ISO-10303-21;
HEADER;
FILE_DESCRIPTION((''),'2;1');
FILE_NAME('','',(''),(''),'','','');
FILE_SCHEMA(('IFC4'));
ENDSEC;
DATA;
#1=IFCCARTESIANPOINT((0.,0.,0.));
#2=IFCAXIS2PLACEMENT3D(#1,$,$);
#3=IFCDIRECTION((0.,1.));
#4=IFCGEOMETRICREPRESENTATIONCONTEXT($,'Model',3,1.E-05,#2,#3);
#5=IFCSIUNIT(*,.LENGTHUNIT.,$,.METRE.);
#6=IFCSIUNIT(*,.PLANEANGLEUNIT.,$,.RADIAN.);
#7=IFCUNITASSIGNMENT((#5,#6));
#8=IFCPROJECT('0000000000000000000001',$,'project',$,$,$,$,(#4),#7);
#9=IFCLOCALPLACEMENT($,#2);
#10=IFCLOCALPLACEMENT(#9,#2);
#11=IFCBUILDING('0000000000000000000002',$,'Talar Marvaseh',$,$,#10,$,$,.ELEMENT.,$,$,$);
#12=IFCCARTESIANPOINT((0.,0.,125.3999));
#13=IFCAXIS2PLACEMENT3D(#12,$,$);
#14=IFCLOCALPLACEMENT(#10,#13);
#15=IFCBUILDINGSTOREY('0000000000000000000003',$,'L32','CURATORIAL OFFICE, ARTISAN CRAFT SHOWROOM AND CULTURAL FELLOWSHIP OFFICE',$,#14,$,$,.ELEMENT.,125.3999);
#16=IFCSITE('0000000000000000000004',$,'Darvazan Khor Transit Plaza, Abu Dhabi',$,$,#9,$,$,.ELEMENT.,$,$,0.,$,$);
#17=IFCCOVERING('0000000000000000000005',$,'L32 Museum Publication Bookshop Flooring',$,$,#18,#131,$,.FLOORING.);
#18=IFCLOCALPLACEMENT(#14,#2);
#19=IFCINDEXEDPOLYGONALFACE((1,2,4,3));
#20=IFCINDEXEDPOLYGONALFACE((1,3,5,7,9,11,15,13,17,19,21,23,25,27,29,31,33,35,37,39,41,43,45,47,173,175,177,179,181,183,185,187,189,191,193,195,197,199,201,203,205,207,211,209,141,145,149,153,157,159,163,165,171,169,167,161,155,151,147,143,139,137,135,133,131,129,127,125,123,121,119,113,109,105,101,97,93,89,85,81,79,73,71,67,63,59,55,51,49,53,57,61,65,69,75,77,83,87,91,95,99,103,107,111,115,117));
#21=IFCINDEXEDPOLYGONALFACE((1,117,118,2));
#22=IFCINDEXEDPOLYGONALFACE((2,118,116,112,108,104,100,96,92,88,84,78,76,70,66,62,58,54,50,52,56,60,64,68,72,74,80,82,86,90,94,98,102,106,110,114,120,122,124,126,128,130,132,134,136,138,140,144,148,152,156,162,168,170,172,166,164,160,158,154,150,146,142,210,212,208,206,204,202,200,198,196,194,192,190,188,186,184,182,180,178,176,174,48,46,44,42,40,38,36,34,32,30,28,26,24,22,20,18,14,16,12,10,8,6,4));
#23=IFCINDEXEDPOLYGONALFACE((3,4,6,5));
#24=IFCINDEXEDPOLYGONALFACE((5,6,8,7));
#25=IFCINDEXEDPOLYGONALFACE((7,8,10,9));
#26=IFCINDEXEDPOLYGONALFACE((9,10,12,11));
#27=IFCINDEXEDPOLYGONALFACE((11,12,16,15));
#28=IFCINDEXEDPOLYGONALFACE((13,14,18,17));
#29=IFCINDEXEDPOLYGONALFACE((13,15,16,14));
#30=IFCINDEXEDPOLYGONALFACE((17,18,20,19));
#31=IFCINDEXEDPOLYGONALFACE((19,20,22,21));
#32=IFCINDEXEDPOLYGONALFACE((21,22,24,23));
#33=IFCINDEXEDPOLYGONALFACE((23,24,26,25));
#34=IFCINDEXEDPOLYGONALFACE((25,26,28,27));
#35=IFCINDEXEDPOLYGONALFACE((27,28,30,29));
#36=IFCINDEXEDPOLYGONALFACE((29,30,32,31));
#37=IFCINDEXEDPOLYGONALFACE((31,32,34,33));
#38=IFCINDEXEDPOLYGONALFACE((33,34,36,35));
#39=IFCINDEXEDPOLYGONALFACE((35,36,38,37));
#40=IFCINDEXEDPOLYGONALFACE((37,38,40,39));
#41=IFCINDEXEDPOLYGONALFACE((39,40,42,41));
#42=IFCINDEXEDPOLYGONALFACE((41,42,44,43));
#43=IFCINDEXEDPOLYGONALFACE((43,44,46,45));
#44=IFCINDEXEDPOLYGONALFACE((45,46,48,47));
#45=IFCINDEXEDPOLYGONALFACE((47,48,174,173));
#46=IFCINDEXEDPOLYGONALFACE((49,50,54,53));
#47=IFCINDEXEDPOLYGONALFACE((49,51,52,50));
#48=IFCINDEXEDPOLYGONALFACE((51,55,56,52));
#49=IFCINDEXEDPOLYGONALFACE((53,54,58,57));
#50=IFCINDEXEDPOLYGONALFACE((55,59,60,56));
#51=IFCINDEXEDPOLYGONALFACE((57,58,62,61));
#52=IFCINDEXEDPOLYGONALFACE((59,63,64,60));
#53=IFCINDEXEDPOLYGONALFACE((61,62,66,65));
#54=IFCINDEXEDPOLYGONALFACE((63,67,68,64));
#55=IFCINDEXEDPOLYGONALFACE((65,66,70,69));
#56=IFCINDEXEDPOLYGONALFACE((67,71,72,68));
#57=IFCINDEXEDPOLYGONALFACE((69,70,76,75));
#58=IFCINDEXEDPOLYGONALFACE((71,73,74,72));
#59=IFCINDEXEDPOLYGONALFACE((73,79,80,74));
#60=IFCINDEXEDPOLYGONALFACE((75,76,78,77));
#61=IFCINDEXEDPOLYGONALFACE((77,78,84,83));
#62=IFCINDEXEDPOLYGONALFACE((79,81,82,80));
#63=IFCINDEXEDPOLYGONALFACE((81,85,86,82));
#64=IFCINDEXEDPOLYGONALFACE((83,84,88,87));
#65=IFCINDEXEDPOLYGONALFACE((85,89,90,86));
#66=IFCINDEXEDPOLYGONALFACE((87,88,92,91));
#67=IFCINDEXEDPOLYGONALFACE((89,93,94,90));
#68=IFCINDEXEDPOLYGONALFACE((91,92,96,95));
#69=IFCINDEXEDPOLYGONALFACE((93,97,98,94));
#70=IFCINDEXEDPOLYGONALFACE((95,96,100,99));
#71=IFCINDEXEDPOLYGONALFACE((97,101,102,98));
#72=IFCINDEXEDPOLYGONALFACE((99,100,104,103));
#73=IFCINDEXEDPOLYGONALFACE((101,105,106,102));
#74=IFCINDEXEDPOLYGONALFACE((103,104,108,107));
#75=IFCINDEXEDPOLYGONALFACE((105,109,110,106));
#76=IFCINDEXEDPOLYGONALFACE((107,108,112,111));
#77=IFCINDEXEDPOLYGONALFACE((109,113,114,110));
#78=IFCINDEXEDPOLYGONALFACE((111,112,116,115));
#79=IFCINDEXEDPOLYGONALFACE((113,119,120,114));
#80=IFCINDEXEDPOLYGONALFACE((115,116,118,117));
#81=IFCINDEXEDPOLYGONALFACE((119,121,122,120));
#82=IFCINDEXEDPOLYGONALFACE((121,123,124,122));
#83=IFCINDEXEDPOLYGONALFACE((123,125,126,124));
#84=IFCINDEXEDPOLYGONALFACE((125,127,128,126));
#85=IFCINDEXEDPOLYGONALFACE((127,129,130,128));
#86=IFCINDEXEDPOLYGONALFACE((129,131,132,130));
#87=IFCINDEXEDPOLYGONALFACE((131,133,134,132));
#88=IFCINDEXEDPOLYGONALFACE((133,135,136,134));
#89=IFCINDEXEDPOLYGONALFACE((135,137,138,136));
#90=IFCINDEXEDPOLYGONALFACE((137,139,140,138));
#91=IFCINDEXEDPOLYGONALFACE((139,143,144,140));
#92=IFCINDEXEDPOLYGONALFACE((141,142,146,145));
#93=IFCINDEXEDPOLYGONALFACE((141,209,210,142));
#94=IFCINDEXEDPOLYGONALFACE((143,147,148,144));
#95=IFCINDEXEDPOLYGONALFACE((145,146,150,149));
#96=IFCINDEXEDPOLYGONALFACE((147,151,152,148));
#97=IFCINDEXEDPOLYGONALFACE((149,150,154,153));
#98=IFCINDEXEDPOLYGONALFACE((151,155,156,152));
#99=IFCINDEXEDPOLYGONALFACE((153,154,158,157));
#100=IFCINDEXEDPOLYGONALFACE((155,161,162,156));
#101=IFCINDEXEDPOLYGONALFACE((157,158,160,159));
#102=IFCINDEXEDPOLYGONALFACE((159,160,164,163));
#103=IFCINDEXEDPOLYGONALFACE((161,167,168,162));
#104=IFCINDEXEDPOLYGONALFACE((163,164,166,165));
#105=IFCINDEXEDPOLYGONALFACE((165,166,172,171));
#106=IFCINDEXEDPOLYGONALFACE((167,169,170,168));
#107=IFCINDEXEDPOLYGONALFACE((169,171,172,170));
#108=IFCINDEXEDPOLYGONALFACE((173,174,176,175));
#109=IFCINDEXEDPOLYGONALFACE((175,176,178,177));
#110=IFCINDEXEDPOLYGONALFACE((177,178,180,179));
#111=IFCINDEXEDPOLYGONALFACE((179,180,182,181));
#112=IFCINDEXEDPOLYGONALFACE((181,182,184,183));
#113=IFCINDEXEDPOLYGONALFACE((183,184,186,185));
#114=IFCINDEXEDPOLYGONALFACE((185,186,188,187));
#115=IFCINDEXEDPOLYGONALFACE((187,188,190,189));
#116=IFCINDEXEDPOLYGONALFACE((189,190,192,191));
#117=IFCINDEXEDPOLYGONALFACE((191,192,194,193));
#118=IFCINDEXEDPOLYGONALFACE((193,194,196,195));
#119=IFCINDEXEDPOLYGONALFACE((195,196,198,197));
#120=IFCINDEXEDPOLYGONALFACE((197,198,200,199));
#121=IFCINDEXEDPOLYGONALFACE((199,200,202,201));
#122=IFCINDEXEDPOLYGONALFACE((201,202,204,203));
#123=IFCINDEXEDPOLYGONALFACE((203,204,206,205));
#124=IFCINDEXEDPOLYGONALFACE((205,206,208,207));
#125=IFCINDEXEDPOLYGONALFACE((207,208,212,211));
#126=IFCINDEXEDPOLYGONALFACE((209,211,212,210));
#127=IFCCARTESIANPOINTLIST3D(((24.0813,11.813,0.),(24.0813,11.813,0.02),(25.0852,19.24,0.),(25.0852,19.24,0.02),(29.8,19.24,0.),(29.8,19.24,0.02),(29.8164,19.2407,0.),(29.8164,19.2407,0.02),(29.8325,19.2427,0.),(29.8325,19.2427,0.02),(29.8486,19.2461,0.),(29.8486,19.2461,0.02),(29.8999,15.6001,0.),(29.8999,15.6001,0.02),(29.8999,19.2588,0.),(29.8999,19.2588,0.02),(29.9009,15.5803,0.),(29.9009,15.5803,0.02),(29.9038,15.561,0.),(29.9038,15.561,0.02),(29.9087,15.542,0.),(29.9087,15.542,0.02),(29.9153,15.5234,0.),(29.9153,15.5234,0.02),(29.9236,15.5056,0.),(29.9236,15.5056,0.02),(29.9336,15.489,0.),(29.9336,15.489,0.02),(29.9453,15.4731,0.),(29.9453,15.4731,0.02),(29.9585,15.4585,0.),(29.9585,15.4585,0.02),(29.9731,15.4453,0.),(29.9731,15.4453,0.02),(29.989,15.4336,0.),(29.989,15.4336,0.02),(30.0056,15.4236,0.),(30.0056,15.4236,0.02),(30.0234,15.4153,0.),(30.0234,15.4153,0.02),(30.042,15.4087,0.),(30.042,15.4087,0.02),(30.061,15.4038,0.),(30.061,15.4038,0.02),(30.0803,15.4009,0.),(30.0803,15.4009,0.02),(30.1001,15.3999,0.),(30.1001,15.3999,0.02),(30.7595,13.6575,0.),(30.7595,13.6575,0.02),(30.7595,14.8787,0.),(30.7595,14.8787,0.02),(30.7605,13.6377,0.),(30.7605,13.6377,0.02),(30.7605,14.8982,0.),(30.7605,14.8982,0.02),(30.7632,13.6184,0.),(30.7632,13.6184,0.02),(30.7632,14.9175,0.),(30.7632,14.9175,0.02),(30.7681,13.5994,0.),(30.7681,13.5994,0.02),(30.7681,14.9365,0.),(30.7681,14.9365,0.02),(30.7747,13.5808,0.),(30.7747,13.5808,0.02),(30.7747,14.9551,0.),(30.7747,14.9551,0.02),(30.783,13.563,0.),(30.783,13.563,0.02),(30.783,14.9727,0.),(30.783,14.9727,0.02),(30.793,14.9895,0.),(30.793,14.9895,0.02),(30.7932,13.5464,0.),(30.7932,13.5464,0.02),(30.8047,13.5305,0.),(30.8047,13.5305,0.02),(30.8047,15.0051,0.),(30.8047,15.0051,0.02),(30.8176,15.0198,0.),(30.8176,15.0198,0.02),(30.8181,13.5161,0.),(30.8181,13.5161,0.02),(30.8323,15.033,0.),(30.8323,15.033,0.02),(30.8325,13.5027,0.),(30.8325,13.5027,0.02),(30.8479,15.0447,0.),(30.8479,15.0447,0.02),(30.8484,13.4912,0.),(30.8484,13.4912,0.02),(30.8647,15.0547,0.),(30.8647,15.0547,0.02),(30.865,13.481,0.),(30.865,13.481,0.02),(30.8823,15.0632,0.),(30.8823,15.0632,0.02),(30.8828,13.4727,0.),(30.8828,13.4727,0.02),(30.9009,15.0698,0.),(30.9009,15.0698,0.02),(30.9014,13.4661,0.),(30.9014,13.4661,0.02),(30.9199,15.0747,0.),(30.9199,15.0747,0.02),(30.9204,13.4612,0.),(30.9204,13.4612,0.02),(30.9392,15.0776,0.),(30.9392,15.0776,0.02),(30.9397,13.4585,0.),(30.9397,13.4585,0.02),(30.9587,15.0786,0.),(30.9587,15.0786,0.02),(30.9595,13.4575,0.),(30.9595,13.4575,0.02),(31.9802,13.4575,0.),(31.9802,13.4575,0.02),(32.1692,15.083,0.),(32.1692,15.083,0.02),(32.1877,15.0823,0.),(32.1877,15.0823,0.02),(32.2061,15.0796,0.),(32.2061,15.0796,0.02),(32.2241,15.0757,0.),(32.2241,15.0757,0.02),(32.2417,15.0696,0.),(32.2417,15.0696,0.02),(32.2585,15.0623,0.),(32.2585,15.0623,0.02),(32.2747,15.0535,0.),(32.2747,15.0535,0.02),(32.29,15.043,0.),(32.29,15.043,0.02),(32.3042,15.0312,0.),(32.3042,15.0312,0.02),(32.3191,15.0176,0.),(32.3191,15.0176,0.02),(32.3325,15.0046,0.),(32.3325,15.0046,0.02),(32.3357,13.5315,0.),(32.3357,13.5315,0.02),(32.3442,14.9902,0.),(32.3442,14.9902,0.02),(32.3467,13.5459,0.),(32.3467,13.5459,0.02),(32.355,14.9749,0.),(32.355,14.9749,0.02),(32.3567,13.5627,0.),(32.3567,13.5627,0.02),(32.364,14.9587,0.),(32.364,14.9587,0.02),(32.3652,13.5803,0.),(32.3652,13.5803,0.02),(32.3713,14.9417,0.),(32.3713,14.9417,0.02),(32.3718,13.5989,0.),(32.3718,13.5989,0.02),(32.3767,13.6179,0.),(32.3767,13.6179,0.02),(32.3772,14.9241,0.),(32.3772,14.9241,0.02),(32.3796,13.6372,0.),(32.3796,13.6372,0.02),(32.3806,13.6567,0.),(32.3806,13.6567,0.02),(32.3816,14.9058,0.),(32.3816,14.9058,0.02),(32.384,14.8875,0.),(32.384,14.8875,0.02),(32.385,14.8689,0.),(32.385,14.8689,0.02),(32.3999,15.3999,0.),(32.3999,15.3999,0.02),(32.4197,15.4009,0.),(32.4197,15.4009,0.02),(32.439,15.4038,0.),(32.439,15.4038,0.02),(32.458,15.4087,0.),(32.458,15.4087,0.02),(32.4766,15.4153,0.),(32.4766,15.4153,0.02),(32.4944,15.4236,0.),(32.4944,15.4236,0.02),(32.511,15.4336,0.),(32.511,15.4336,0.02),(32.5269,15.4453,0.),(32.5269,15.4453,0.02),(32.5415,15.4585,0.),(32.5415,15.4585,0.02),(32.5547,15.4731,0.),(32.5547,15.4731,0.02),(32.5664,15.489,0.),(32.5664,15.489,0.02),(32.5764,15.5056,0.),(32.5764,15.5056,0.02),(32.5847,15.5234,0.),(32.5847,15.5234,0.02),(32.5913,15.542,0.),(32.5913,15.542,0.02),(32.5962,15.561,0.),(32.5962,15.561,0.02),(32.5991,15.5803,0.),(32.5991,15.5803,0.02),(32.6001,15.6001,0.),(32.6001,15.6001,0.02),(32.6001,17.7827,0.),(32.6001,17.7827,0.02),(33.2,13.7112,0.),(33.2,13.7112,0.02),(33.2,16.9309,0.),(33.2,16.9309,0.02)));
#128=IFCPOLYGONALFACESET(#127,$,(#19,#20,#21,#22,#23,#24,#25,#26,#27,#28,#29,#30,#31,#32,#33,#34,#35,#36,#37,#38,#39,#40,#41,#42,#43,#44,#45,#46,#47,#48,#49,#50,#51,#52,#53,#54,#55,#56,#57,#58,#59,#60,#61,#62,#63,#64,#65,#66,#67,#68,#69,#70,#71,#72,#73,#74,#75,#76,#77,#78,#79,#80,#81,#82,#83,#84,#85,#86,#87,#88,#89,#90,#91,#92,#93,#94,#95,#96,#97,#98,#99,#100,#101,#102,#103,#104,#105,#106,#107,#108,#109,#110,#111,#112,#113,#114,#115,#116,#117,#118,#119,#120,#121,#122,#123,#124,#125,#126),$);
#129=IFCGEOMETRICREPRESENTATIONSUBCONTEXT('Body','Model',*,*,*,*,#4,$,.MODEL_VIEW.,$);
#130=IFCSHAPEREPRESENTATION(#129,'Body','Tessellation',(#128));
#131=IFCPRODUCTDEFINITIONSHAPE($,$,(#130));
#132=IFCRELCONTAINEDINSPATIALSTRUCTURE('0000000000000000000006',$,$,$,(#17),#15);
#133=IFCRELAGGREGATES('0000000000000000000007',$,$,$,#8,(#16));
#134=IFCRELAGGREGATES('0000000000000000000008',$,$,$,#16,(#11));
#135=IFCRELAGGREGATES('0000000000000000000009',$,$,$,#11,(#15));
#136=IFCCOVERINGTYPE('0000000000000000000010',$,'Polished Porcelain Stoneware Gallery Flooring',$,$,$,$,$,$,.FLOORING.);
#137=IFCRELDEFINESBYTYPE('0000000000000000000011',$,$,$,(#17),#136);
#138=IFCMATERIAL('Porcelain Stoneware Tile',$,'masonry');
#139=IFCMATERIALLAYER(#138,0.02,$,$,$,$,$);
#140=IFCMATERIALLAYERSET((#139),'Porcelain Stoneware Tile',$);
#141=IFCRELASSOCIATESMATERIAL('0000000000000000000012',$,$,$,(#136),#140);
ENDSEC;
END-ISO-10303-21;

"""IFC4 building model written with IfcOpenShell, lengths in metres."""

from ifc_helpers import new_model, si_unit, direction, frame, origin, place, context, subcontext, project, spatial, polyline, outline, extrude, material, layer, layer_set, type_object, element, save


model = new_model("IFC4")

# Units and contexts
model_context = context("Model", 3, precision=1e-05, world=origin(), true_north=direction((0.0, 1.0)))
body_context = subcontext(model_context, "Body", "Model", "MODEL_VIEW")
ifc_project = project(units=[si_unit("LENGTHUNIT", "METRE"), si_unit("PLANEANGLEUNIT", "RADIAN")], contexts=[model_context])

# Site, building, storey
site_placement = place(None, origin())
site = spatial("IfcSite", under=ifc_project, at=site_placement, Name="Darvazan Khor Transit Plaza, Abu Dhabi", CompositionType="ELEMENT", RefElevation=0.0)
building_placement = place(site_placement, origin())
building = spatial("IfcBuilding", under=site, at=building_placement, Name="Talar Marvaseh", CompositionType="ELEMENT")
storey_placement = place(building_placement, frame((0.0, 0.0, 125.3999)))
storey = spatial("IfcBuildingStorey", under=building, at=storey_placement, Name="L32", Description="CURATORIAL OFFICE, ARTISAN CRAFT SHOWROOM AND CULTURAL FELLOWSHIP OFFICE", CompositionType="ELEMENT", Elevation=125.3999)

# Covering
ifc_material_1 = material(Name="Porcelain Stoneware Tile", Category="masonry")
ifc_layer_1 = layer(ifc_material_1, 0.02)
ifc_layer_set_1 = layer_set([ifc_layer_1], Name="Porcelain Stoneware Tile")
covering_type_1 = type_object("IfcCoveringType", Name="Polished Porcelain Stoneware Gallery Flooring", PredefinedType="FLOORING", material=ifc_layer_set_1)
covering_1_placement = place(storey_placement, origin())
element("IfcCovering", 1, at=covering_1_placement, inside=storey, type_object=covering_type_1, Name="L32 Museum Publication Bookshop Flooring", PredefinedType="FLOORING", context=body_context, shape_type="SweptSolid", body=[
    extrude(outline(polyline([(29.8, 19.24), (29.8164, 19.2407), (29.8325, 19.2427), (29.8486, 19.2461), (29.8999, 19.2588), (29.8999, 15.6001), (29.9009, 15.5803), (29.9038, 15.561), (29.9087, 15.542), (29.9153, 15.5234), (29.9236, 15.5056), (29.9336, 15.489), (29.9453, 15.4731), (29.9585, 15.4585), (29.9731, 15.4453), (29.989, 15.4336), (30.0056, 15.4236), (30.0234, 15.4153), (30.042, 15.4087), (30.061, 15.4038), (30.0803, 15.4009), (30.1001, 15.3999), (32.3999, 15.3999), (32.4197, 15.4009), (32.439, 15.4038), (32.458, 15.4087), (32.4766, 15.4153), (32.4944, 15.4236), (32.511, 15.4336), (32.5269, 15.4453), (32.5415, 15.4585), (32.5547, 15.4731), (32.5664, 15.489), (32.5764, 15.5056), (32.5847, 15.5234), (32.5913, 15.542), (32.5962, 15.561), (32.5991, 15.5803), (32.6001, 15.6001), (32.6001, 17.7827), (33.2, 16.9309), (33.2, 13.7112), (32.3357, 13.5315), (32.3467, 13.5459), (32.3567, 13.5627), (32.3652, 13.5803), (32.3718, 13.5989), (32.3767, 13.6179), (32.3796, 13.6372), (32.3806, 13.6567), (32.385, 14.8689), (32.384, 14.8875), (32.3816, 14.9058), (32.3772, 14.9241), (32.3713, 14.9417), (32.364, 14.9587), (32.355, 14.9749), (32.3442, 14.9902), (32.3325, 15.0046), (32.3191, 15.0176), (32.3042, 15.0312), (32.29, 15.043), (32.2747, 15.0535), (32.2585, 15.0623), (32.2417, 15.0696), (32.2241, 15.0757), (32.2061, 15.0796), (32.1877, 15.0823), (32.1692, 15.083), (30.9587, 15.0786), (30.9392, 15.0776), (30.9199, 15.0747), (30.9009, 15.0698), (30.8823, 15.0632), (30.8647, 15.0547), (30.8479, 15.0447), (30.8323, 15.033), (30.8176, 15.0198), (30.8047, 15.0051), (30.793, 14.9895), (30.783, 14.9727), (30.7747, 14.9551), (30.7681, 14.9365), (30.7632, 14.9175), (30.7605, 14.8982), (30.7595, 14.8787), (30.7595, 13.6575), (30.7605, 13.6377), (30.7632, 13.6184), (30.7681, 13.5994), (30.7747, 13.5808), (30.783, 13.563), (30.7932, 13.5464), (30.8047, 13.5305), (30.8181, 13.5161), (30.8325, 13.5027), (30.8484, 13.4912), (30.865, 13.481), (30.8828, 13.4727), (30.9014, 13.4661), (30.9204, 13.4612), (30.9397, 13.4585), (30.9595, 13.4575), (31.9802, 13.4575), (24.0813, 11.813), (25.0852, 19.24), (29.8, 19.24)])), origin(), (0.0, 0.0, 1.0), 0.02),
])

save(model, "model.ifc")
